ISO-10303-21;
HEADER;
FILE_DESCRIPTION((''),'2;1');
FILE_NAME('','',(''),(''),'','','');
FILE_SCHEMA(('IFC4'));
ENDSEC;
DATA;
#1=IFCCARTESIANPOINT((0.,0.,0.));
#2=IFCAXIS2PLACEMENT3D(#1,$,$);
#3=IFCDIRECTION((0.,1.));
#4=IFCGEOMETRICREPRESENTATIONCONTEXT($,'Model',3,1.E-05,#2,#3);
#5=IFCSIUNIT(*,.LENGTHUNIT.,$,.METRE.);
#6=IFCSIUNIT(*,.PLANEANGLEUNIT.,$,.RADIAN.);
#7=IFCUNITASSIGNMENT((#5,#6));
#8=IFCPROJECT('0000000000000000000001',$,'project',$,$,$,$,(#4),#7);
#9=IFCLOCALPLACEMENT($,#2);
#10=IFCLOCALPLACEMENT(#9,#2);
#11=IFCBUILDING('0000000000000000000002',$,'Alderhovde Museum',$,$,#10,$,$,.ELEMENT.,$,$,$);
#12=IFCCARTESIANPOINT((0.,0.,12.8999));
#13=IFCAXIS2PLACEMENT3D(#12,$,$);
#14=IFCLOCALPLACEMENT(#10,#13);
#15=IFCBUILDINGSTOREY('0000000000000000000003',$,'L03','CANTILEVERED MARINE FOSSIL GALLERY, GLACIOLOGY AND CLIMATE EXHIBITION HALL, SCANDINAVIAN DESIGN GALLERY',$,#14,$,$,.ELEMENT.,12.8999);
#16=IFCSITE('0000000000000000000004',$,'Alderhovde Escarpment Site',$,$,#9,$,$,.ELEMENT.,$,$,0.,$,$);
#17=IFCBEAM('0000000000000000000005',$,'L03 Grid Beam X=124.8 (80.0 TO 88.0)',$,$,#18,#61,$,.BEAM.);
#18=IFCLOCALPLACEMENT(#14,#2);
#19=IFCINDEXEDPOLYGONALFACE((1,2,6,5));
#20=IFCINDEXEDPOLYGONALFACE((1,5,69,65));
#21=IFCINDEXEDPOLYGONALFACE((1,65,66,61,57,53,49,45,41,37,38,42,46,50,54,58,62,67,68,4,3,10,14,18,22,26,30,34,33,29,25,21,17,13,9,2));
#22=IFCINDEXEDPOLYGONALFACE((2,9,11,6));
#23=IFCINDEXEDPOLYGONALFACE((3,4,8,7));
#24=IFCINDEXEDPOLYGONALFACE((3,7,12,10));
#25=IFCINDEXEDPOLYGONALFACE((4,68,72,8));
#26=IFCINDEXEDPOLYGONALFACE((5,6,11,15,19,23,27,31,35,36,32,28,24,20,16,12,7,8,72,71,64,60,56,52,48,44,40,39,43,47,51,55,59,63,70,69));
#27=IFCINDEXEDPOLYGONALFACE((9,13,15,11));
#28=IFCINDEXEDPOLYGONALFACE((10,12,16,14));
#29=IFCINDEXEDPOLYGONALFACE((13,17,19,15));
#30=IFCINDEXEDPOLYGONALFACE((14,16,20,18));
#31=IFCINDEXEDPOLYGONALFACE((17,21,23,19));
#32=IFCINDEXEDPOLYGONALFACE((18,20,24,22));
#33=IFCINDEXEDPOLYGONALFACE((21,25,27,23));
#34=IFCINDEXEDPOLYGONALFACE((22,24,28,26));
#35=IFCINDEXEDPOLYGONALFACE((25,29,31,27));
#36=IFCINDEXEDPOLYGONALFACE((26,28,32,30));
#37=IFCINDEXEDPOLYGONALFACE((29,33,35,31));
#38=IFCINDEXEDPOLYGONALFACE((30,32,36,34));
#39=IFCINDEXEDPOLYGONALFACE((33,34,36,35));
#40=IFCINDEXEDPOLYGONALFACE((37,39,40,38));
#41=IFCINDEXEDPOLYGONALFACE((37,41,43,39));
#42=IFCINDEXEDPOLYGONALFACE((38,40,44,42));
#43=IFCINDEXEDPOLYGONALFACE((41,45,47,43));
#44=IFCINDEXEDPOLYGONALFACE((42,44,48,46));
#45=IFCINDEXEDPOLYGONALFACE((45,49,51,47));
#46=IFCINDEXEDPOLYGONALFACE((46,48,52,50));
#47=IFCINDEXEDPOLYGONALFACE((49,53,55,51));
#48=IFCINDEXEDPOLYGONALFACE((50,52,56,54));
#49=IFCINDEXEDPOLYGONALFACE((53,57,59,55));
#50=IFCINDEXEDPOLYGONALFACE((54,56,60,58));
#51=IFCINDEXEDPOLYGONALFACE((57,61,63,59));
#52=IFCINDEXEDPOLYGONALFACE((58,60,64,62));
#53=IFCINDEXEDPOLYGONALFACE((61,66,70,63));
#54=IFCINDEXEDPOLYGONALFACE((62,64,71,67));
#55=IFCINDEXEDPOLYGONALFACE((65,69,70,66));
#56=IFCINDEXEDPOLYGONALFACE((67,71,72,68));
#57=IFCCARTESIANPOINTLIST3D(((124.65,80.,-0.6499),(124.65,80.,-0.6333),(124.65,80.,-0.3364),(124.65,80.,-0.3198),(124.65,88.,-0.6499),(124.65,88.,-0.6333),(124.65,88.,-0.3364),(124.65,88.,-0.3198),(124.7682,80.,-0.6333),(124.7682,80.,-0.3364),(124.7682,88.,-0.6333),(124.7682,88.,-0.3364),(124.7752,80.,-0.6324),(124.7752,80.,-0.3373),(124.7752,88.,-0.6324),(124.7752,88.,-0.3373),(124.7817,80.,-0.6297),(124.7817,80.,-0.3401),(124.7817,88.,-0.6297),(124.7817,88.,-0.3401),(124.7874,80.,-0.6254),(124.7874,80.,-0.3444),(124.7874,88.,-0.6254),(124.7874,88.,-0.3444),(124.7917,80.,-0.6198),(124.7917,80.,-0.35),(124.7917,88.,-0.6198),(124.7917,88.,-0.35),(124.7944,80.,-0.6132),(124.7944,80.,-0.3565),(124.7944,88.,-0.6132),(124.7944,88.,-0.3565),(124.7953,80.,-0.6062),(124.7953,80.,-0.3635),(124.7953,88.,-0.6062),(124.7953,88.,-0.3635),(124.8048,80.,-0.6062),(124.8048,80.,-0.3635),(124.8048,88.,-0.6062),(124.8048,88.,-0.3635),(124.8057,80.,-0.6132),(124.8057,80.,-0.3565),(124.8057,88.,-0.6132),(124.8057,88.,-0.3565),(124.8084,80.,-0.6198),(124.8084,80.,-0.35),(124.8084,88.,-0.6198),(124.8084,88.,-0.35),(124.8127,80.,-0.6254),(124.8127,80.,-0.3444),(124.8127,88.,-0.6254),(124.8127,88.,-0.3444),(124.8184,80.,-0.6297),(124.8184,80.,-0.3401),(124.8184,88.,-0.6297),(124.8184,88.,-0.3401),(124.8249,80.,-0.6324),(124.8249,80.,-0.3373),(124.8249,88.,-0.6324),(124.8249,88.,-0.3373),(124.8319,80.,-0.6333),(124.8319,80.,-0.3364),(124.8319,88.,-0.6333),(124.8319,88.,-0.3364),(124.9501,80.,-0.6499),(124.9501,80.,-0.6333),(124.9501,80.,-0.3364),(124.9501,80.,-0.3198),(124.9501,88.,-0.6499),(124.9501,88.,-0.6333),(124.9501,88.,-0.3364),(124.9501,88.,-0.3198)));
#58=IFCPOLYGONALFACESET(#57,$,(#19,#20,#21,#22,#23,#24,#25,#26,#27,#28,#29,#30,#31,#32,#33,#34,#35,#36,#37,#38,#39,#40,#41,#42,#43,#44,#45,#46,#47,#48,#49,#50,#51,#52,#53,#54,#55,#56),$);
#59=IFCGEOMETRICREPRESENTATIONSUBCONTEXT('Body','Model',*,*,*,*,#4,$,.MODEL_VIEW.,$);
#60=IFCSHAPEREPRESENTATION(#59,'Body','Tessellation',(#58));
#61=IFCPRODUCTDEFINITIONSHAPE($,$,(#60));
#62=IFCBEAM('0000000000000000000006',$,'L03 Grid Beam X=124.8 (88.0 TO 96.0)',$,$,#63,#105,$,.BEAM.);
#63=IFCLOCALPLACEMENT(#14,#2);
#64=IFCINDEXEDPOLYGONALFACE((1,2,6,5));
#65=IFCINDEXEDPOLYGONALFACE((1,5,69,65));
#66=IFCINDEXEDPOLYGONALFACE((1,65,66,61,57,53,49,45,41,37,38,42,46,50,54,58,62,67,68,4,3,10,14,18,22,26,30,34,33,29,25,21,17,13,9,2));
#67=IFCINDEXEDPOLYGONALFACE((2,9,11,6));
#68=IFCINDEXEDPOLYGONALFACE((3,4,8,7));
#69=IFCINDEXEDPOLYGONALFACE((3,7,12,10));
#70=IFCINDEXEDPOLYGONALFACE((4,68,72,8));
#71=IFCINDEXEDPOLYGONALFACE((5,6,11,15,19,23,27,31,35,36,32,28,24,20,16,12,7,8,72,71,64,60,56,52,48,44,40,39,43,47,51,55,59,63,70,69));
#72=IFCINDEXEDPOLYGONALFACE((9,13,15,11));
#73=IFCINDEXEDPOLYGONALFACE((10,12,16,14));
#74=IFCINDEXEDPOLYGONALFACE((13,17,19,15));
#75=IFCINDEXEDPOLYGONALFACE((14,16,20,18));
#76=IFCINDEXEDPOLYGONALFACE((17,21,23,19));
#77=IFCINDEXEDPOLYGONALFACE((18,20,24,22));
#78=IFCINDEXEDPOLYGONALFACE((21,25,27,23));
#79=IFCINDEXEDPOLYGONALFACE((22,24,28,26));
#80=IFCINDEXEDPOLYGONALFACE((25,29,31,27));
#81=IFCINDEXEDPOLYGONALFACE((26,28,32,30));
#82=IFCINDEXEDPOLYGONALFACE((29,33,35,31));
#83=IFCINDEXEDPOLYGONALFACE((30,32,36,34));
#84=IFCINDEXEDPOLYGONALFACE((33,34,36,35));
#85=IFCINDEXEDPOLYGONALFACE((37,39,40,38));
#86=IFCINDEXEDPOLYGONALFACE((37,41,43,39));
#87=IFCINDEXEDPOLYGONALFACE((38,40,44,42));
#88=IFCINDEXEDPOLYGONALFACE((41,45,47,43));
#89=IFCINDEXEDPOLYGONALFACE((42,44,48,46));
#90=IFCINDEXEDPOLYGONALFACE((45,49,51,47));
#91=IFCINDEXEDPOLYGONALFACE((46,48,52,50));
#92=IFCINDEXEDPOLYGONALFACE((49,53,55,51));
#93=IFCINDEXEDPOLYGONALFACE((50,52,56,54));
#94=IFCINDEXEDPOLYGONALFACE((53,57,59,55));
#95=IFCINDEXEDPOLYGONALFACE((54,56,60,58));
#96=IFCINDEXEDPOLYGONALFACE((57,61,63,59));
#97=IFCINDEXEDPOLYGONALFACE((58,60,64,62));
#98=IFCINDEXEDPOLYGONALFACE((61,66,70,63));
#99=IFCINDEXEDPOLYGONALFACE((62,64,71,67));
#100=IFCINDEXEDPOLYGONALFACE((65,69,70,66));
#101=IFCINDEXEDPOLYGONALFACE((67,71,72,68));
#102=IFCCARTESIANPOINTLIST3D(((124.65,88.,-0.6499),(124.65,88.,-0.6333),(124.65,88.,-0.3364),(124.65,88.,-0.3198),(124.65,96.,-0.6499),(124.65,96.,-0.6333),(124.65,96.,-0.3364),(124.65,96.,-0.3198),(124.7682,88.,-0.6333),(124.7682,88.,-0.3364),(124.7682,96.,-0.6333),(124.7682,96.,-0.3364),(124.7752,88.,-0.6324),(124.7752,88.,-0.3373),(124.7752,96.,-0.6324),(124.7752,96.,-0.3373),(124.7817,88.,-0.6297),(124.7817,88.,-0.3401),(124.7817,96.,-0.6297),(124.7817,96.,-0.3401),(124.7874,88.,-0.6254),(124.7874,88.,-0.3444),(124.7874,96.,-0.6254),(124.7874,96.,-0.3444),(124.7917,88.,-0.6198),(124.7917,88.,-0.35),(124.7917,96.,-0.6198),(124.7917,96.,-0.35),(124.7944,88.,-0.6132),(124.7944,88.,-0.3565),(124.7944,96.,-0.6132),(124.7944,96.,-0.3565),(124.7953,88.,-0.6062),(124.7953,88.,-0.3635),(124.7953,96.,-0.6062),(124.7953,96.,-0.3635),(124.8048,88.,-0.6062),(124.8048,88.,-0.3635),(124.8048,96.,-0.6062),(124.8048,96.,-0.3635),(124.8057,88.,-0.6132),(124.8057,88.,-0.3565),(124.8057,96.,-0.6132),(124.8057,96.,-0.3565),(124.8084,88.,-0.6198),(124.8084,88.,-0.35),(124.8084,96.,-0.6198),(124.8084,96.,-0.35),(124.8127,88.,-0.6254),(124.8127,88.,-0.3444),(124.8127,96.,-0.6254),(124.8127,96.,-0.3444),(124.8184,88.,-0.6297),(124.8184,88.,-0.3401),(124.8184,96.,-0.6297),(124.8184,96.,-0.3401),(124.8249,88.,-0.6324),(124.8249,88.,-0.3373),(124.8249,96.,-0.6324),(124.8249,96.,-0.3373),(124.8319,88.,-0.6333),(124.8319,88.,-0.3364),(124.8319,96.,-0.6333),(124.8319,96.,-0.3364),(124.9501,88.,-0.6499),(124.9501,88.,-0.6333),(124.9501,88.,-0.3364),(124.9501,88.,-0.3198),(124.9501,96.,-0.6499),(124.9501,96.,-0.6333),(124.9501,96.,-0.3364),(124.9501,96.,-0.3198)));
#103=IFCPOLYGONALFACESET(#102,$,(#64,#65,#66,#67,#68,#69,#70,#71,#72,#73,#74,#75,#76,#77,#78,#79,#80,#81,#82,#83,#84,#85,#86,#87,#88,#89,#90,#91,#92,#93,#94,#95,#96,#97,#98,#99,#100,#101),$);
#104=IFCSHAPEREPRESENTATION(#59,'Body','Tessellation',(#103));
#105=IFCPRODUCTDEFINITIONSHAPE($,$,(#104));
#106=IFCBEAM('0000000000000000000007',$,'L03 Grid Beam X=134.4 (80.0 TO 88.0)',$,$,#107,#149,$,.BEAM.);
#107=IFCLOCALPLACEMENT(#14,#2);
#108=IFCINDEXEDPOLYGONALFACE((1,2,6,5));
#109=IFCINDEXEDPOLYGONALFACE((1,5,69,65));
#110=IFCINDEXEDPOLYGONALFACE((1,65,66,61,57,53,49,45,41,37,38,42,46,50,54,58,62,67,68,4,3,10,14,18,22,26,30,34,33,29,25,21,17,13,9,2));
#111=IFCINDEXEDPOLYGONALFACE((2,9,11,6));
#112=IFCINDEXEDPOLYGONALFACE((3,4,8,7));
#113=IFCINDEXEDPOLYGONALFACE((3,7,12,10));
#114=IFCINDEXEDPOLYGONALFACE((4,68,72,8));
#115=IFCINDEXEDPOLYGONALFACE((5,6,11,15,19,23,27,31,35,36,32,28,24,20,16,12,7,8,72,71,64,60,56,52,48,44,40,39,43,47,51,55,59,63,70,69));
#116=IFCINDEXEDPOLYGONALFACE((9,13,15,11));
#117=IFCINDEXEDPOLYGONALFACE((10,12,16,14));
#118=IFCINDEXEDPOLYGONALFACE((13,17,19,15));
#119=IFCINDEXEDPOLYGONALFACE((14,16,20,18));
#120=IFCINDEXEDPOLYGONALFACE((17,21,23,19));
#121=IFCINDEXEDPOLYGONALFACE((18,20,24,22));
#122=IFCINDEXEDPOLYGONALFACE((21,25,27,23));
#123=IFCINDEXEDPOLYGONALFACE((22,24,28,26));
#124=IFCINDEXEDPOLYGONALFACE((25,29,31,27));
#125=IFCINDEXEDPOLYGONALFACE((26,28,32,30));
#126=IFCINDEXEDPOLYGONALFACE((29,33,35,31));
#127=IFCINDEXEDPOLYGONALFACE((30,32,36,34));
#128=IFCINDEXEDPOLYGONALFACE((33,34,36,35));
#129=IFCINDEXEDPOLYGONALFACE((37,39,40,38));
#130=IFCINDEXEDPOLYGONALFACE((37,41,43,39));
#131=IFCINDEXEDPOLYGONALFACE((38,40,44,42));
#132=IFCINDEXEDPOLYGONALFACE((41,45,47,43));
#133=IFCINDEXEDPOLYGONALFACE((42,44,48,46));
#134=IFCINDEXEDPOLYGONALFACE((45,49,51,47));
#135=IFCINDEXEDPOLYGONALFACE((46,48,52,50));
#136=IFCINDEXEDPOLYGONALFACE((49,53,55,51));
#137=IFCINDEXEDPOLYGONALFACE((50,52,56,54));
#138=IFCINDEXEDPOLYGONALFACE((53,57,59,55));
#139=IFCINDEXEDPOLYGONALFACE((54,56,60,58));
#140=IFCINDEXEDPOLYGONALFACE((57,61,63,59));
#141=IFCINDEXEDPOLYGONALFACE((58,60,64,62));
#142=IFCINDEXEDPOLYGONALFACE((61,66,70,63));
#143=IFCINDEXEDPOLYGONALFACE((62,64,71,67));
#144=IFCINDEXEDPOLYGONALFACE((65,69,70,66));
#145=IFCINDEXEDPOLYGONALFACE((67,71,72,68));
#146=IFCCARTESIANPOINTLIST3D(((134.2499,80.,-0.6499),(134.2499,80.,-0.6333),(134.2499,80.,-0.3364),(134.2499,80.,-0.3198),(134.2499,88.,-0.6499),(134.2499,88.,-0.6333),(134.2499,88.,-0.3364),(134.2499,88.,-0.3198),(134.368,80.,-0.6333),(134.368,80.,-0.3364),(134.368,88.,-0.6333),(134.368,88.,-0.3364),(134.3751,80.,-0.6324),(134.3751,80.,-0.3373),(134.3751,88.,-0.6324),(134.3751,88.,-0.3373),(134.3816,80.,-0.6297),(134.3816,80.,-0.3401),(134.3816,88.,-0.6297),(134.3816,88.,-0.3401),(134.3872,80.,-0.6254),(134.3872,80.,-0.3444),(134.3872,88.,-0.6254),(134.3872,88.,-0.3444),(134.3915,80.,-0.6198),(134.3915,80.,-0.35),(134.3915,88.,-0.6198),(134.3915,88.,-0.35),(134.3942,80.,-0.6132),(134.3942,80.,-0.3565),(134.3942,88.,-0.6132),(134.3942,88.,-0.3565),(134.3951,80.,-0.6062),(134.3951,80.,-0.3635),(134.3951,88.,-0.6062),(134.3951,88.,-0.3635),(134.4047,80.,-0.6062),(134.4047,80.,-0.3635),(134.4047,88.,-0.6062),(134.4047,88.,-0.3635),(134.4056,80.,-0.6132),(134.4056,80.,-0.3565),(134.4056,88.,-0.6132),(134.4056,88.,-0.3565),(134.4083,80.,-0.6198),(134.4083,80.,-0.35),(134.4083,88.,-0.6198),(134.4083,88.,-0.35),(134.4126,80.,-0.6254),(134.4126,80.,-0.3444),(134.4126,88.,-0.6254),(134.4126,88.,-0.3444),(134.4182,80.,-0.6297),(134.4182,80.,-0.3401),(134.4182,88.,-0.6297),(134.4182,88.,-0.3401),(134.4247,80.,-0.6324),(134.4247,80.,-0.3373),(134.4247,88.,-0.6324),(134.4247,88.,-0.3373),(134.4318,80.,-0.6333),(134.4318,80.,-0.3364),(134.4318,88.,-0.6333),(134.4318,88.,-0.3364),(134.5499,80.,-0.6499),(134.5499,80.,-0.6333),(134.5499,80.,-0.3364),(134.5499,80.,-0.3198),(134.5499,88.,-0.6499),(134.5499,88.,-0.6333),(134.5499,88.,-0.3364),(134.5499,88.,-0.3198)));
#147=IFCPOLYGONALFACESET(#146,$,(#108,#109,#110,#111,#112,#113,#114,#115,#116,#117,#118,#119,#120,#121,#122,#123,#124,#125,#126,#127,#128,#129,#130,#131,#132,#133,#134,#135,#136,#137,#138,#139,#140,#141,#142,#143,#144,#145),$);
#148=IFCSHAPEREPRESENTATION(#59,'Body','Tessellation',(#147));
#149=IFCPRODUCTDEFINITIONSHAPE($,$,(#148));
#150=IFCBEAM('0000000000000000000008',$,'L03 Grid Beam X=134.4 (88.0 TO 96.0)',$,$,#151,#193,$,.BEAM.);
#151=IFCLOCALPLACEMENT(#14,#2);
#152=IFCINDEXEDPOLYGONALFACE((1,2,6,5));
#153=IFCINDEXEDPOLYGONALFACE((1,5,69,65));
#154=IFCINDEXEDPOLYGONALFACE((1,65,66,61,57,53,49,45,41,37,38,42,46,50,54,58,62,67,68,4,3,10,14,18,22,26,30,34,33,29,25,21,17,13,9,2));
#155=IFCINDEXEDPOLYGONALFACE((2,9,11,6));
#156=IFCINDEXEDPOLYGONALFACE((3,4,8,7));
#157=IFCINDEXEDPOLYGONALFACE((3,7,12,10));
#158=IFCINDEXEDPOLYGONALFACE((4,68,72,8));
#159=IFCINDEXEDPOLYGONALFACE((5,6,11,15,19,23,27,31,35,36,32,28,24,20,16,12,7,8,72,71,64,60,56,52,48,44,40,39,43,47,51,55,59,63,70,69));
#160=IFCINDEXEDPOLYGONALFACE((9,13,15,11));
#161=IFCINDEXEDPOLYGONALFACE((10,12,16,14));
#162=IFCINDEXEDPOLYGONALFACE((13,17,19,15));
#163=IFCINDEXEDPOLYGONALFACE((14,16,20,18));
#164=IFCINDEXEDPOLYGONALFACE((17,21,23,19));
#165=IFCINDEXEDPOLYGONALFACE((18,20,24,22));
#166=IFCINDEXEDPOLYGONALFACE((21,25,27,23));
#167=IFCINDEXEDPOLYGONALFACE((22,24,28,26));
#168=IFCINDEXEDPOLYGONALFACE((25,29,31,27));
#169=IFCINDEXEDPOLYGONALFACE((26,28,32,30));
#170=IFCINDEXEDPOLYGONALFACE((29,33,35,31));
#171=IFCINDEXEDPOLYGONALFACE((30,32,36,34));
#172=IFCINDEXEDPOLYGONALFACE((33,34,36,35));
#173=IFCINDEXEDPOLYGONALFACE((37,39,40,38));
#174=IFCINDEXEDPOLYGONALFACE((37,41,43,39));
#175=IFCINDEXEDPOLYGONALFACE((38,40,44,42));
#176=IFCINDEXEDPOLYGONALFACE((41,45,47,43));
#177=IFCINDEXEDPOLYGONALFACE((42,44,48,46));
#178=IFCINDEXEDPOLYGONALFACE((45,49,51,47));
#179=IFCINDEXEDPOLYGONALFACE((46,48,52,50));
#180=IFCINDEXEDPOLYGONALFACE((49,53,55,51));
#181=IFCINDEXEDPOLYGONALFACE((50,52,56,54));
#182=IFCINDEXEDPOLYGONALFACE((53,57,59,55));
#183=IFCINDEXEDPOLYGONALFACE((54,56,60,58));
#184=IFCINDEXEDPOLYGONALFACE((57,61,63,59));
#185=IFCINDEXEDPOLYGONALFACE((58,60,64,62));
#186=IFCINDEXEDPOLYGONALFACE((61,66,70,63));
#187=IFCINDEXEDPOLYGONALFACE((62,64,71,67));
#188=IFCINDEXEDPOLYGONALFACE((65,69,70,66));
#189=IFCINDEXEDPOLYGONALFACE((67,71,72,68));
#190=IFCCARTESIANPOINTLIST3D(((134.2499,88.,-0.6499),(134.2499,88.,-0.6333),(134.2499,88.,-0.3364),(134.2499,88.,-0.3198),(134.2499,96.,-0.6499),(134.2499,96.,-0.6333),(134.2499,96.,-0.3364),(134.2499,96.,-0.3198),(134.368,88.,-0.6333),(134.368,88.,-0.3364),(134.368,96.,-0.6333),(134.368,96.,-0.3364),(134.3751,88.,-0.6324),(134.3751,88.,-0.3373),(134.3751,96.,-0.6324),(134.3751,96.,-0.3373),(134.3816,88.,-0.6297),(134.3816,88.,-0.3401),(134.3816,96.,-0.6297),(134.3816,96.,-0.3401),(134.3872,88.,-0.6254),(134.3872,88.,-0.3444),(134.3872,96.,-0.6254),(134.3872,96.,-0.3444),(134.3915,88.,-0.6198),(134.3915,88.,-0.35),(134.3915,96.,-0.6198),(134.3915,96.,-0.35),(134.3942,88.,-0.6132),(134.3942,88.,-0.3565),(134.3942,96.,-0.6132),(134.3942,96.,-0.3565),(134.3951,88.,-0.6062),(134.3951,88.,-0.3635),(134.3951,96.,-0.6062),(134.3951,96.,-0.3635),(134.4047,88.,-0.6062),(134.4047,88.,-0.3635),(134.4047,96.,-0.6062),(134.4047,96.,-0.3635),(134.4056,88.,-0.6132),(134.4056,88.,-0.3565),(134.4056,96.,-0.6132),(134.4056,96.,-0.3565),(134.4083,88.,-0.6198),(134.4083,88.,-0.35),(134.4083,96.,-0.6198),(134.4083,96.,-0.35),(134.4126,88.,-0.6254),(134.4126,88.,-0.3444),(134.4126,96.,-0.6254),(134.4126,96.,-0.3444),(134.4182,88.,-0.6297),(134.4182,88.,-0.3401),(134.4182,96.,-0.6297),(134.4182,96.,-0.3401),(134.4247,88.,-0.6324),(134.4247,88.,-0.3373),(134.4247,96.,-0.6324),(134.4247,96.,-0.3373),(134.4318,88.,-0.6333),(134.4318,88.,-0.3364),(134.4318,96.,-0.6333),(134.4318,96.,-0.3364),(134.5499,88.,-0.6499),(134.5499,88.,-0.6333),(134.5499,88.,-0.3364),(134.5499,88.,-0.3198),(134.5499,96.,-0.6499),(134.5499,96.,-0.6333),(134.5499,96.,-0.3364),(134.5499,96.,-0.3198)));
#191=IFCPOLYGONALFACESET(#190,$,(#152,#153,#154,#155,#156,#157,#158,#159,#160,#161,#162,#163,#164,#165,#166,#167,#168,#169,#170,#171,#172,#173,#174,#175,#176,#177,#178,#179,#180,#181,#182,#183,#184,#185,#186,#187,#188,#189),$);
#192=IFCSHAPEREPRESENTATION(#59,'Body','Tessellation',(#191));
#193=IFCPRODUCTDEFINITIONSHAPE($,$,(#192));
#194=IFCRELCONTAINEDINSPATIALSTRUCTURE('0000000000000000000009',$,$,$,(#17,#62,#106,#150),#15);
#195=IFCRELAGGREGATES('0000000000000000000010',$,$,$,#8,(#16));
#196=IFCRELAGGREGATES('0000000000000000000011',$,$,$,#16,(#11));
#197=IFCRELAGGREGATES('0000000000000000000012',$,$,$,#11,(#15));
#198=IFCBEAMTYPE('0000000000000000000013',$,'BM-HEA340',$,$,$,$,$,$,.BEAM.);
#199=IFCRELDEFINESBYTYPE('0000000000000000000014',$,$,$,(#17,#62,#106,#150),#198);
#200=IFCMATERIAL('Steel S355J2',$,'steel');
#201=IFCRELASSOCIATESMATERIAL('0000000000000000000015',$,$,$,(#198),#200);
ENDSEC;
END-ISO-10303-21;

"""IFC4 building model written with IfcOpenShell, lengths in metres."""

from ifc_helpers import new_model, si_unit, direction, frame, origin, origin_2d, place, context, subcontext, project, spatial, i_section, extrude, material, material_profile, profile_set, type_object, element, save


model = new_model("IFC4")

# Units and contexts
model_context = context("Model", 3, precision=1e-05, world=origin(), true_north=direction((0.0, 1.0)))
body_context = subcontext(model_context, "Body", "Model", "MODEL_VIEW")
ifc_project = project(units=[si_unit("LENGTHUNIT", "METRE"), si_unit("PLANEANGLEUNIT", "RADIAN")], contexts=[model_context])

# Site, building, storey
site_placement = place(None, origin())
site = spatial("IfcSite", under=ifc_project, at=site_placement, Name="Alderhovde Escarpment Site", CompositionType="ELEMENT", RefElevation=0.0)
building_placement = place(site_placement, origin())
building = spatial("IfcBuilding", under=site, at=building_placement, Name="Alderhovde Museum", CompositionType="ELEMENT")
storey_placement = place(building_placement, frame((0.0, 0.0, 12.8999)))
storey = spatial("IfcBuildingStorey", under=building, at=storey_placement, Name="L03", Description="CANTILEVERED MARINE FOSSIL GALLERY, GLACIOLOGY AND CLIMATE EXHIBITION HALL, SCANDINAVIAN DESIGN GALLERY", CompositionType="ELEMENT", Elevation=12.8999)

# Beams
ifc_material_1 = material(Name="Steel S355J2", Category="steel")
ifc_material_profile_1 = material_profile(ifc_material_1, i_section(OverallWidth=0.3, OverallDepth=0.3301, WebThickness=0.0095, FlangeThickness=0.0166, FilletRadius=0.0271, at=origin_2d()), Name="HEA 340")
ifc_profile_set_1 = profile_set([ifc_material_profile_1], Name="Steel S355J2")
beam_type_1 = type_object("IfcBeamType", Name="BM-HEA340", PredefinedType="BEAM", material=ifc_profile_set_1)
for number, where, z_axis, x_axis, name in (
    (1, (124.8, 80.0, -0.4849), (0.0, 1.0, 0.0), (-1.0, 0.0, 0.0), "L03 Grid Beam X=124.8 (80.0 TO 88.0)"),
    (2, (124.8, 88.0, -0.4849), (0.0, 1.0, 0.0), (-1.0, 0.0, 0.0), "L03 Grid Beam X=124.8 (88.0 TO 96.0)"),
    (3, (134.3999, 80.0, -0.4849), (0.0, 1.0, 0.0), (-1.0, 0.0, 0.0), "L03 Grid Beam X=134.4 (80.0 TO 88.0)"),
    (4, (134.3999, 88.0, -0.4849), (0.0, 1.0, 0.0), (-1.0, 0.0, 0.0), "L03 Grid Beam X=134.4 (88.0 TO 96.0)"),
):
    element("IfcBeam", number, at=place(storey_placement, frame(where, z_axis=z_axis, x_axis=x_axis)), inside=storey, type_object=beam_type_1, Name=name, PredefinedType="BEAM", context=body_context, shape_type="SweptSolid", body=[
        extrude(i_section(OverallWidth=0.3, OverallDepth=0.3301, WebThickness=0.0095, FlangeThickness=0.0166, FilletRadius=0.0271, at=origin_2d()), origin(), (0.0, 0.0, 1.0), 8.0),
    ])

save(model, "model.ifc")
